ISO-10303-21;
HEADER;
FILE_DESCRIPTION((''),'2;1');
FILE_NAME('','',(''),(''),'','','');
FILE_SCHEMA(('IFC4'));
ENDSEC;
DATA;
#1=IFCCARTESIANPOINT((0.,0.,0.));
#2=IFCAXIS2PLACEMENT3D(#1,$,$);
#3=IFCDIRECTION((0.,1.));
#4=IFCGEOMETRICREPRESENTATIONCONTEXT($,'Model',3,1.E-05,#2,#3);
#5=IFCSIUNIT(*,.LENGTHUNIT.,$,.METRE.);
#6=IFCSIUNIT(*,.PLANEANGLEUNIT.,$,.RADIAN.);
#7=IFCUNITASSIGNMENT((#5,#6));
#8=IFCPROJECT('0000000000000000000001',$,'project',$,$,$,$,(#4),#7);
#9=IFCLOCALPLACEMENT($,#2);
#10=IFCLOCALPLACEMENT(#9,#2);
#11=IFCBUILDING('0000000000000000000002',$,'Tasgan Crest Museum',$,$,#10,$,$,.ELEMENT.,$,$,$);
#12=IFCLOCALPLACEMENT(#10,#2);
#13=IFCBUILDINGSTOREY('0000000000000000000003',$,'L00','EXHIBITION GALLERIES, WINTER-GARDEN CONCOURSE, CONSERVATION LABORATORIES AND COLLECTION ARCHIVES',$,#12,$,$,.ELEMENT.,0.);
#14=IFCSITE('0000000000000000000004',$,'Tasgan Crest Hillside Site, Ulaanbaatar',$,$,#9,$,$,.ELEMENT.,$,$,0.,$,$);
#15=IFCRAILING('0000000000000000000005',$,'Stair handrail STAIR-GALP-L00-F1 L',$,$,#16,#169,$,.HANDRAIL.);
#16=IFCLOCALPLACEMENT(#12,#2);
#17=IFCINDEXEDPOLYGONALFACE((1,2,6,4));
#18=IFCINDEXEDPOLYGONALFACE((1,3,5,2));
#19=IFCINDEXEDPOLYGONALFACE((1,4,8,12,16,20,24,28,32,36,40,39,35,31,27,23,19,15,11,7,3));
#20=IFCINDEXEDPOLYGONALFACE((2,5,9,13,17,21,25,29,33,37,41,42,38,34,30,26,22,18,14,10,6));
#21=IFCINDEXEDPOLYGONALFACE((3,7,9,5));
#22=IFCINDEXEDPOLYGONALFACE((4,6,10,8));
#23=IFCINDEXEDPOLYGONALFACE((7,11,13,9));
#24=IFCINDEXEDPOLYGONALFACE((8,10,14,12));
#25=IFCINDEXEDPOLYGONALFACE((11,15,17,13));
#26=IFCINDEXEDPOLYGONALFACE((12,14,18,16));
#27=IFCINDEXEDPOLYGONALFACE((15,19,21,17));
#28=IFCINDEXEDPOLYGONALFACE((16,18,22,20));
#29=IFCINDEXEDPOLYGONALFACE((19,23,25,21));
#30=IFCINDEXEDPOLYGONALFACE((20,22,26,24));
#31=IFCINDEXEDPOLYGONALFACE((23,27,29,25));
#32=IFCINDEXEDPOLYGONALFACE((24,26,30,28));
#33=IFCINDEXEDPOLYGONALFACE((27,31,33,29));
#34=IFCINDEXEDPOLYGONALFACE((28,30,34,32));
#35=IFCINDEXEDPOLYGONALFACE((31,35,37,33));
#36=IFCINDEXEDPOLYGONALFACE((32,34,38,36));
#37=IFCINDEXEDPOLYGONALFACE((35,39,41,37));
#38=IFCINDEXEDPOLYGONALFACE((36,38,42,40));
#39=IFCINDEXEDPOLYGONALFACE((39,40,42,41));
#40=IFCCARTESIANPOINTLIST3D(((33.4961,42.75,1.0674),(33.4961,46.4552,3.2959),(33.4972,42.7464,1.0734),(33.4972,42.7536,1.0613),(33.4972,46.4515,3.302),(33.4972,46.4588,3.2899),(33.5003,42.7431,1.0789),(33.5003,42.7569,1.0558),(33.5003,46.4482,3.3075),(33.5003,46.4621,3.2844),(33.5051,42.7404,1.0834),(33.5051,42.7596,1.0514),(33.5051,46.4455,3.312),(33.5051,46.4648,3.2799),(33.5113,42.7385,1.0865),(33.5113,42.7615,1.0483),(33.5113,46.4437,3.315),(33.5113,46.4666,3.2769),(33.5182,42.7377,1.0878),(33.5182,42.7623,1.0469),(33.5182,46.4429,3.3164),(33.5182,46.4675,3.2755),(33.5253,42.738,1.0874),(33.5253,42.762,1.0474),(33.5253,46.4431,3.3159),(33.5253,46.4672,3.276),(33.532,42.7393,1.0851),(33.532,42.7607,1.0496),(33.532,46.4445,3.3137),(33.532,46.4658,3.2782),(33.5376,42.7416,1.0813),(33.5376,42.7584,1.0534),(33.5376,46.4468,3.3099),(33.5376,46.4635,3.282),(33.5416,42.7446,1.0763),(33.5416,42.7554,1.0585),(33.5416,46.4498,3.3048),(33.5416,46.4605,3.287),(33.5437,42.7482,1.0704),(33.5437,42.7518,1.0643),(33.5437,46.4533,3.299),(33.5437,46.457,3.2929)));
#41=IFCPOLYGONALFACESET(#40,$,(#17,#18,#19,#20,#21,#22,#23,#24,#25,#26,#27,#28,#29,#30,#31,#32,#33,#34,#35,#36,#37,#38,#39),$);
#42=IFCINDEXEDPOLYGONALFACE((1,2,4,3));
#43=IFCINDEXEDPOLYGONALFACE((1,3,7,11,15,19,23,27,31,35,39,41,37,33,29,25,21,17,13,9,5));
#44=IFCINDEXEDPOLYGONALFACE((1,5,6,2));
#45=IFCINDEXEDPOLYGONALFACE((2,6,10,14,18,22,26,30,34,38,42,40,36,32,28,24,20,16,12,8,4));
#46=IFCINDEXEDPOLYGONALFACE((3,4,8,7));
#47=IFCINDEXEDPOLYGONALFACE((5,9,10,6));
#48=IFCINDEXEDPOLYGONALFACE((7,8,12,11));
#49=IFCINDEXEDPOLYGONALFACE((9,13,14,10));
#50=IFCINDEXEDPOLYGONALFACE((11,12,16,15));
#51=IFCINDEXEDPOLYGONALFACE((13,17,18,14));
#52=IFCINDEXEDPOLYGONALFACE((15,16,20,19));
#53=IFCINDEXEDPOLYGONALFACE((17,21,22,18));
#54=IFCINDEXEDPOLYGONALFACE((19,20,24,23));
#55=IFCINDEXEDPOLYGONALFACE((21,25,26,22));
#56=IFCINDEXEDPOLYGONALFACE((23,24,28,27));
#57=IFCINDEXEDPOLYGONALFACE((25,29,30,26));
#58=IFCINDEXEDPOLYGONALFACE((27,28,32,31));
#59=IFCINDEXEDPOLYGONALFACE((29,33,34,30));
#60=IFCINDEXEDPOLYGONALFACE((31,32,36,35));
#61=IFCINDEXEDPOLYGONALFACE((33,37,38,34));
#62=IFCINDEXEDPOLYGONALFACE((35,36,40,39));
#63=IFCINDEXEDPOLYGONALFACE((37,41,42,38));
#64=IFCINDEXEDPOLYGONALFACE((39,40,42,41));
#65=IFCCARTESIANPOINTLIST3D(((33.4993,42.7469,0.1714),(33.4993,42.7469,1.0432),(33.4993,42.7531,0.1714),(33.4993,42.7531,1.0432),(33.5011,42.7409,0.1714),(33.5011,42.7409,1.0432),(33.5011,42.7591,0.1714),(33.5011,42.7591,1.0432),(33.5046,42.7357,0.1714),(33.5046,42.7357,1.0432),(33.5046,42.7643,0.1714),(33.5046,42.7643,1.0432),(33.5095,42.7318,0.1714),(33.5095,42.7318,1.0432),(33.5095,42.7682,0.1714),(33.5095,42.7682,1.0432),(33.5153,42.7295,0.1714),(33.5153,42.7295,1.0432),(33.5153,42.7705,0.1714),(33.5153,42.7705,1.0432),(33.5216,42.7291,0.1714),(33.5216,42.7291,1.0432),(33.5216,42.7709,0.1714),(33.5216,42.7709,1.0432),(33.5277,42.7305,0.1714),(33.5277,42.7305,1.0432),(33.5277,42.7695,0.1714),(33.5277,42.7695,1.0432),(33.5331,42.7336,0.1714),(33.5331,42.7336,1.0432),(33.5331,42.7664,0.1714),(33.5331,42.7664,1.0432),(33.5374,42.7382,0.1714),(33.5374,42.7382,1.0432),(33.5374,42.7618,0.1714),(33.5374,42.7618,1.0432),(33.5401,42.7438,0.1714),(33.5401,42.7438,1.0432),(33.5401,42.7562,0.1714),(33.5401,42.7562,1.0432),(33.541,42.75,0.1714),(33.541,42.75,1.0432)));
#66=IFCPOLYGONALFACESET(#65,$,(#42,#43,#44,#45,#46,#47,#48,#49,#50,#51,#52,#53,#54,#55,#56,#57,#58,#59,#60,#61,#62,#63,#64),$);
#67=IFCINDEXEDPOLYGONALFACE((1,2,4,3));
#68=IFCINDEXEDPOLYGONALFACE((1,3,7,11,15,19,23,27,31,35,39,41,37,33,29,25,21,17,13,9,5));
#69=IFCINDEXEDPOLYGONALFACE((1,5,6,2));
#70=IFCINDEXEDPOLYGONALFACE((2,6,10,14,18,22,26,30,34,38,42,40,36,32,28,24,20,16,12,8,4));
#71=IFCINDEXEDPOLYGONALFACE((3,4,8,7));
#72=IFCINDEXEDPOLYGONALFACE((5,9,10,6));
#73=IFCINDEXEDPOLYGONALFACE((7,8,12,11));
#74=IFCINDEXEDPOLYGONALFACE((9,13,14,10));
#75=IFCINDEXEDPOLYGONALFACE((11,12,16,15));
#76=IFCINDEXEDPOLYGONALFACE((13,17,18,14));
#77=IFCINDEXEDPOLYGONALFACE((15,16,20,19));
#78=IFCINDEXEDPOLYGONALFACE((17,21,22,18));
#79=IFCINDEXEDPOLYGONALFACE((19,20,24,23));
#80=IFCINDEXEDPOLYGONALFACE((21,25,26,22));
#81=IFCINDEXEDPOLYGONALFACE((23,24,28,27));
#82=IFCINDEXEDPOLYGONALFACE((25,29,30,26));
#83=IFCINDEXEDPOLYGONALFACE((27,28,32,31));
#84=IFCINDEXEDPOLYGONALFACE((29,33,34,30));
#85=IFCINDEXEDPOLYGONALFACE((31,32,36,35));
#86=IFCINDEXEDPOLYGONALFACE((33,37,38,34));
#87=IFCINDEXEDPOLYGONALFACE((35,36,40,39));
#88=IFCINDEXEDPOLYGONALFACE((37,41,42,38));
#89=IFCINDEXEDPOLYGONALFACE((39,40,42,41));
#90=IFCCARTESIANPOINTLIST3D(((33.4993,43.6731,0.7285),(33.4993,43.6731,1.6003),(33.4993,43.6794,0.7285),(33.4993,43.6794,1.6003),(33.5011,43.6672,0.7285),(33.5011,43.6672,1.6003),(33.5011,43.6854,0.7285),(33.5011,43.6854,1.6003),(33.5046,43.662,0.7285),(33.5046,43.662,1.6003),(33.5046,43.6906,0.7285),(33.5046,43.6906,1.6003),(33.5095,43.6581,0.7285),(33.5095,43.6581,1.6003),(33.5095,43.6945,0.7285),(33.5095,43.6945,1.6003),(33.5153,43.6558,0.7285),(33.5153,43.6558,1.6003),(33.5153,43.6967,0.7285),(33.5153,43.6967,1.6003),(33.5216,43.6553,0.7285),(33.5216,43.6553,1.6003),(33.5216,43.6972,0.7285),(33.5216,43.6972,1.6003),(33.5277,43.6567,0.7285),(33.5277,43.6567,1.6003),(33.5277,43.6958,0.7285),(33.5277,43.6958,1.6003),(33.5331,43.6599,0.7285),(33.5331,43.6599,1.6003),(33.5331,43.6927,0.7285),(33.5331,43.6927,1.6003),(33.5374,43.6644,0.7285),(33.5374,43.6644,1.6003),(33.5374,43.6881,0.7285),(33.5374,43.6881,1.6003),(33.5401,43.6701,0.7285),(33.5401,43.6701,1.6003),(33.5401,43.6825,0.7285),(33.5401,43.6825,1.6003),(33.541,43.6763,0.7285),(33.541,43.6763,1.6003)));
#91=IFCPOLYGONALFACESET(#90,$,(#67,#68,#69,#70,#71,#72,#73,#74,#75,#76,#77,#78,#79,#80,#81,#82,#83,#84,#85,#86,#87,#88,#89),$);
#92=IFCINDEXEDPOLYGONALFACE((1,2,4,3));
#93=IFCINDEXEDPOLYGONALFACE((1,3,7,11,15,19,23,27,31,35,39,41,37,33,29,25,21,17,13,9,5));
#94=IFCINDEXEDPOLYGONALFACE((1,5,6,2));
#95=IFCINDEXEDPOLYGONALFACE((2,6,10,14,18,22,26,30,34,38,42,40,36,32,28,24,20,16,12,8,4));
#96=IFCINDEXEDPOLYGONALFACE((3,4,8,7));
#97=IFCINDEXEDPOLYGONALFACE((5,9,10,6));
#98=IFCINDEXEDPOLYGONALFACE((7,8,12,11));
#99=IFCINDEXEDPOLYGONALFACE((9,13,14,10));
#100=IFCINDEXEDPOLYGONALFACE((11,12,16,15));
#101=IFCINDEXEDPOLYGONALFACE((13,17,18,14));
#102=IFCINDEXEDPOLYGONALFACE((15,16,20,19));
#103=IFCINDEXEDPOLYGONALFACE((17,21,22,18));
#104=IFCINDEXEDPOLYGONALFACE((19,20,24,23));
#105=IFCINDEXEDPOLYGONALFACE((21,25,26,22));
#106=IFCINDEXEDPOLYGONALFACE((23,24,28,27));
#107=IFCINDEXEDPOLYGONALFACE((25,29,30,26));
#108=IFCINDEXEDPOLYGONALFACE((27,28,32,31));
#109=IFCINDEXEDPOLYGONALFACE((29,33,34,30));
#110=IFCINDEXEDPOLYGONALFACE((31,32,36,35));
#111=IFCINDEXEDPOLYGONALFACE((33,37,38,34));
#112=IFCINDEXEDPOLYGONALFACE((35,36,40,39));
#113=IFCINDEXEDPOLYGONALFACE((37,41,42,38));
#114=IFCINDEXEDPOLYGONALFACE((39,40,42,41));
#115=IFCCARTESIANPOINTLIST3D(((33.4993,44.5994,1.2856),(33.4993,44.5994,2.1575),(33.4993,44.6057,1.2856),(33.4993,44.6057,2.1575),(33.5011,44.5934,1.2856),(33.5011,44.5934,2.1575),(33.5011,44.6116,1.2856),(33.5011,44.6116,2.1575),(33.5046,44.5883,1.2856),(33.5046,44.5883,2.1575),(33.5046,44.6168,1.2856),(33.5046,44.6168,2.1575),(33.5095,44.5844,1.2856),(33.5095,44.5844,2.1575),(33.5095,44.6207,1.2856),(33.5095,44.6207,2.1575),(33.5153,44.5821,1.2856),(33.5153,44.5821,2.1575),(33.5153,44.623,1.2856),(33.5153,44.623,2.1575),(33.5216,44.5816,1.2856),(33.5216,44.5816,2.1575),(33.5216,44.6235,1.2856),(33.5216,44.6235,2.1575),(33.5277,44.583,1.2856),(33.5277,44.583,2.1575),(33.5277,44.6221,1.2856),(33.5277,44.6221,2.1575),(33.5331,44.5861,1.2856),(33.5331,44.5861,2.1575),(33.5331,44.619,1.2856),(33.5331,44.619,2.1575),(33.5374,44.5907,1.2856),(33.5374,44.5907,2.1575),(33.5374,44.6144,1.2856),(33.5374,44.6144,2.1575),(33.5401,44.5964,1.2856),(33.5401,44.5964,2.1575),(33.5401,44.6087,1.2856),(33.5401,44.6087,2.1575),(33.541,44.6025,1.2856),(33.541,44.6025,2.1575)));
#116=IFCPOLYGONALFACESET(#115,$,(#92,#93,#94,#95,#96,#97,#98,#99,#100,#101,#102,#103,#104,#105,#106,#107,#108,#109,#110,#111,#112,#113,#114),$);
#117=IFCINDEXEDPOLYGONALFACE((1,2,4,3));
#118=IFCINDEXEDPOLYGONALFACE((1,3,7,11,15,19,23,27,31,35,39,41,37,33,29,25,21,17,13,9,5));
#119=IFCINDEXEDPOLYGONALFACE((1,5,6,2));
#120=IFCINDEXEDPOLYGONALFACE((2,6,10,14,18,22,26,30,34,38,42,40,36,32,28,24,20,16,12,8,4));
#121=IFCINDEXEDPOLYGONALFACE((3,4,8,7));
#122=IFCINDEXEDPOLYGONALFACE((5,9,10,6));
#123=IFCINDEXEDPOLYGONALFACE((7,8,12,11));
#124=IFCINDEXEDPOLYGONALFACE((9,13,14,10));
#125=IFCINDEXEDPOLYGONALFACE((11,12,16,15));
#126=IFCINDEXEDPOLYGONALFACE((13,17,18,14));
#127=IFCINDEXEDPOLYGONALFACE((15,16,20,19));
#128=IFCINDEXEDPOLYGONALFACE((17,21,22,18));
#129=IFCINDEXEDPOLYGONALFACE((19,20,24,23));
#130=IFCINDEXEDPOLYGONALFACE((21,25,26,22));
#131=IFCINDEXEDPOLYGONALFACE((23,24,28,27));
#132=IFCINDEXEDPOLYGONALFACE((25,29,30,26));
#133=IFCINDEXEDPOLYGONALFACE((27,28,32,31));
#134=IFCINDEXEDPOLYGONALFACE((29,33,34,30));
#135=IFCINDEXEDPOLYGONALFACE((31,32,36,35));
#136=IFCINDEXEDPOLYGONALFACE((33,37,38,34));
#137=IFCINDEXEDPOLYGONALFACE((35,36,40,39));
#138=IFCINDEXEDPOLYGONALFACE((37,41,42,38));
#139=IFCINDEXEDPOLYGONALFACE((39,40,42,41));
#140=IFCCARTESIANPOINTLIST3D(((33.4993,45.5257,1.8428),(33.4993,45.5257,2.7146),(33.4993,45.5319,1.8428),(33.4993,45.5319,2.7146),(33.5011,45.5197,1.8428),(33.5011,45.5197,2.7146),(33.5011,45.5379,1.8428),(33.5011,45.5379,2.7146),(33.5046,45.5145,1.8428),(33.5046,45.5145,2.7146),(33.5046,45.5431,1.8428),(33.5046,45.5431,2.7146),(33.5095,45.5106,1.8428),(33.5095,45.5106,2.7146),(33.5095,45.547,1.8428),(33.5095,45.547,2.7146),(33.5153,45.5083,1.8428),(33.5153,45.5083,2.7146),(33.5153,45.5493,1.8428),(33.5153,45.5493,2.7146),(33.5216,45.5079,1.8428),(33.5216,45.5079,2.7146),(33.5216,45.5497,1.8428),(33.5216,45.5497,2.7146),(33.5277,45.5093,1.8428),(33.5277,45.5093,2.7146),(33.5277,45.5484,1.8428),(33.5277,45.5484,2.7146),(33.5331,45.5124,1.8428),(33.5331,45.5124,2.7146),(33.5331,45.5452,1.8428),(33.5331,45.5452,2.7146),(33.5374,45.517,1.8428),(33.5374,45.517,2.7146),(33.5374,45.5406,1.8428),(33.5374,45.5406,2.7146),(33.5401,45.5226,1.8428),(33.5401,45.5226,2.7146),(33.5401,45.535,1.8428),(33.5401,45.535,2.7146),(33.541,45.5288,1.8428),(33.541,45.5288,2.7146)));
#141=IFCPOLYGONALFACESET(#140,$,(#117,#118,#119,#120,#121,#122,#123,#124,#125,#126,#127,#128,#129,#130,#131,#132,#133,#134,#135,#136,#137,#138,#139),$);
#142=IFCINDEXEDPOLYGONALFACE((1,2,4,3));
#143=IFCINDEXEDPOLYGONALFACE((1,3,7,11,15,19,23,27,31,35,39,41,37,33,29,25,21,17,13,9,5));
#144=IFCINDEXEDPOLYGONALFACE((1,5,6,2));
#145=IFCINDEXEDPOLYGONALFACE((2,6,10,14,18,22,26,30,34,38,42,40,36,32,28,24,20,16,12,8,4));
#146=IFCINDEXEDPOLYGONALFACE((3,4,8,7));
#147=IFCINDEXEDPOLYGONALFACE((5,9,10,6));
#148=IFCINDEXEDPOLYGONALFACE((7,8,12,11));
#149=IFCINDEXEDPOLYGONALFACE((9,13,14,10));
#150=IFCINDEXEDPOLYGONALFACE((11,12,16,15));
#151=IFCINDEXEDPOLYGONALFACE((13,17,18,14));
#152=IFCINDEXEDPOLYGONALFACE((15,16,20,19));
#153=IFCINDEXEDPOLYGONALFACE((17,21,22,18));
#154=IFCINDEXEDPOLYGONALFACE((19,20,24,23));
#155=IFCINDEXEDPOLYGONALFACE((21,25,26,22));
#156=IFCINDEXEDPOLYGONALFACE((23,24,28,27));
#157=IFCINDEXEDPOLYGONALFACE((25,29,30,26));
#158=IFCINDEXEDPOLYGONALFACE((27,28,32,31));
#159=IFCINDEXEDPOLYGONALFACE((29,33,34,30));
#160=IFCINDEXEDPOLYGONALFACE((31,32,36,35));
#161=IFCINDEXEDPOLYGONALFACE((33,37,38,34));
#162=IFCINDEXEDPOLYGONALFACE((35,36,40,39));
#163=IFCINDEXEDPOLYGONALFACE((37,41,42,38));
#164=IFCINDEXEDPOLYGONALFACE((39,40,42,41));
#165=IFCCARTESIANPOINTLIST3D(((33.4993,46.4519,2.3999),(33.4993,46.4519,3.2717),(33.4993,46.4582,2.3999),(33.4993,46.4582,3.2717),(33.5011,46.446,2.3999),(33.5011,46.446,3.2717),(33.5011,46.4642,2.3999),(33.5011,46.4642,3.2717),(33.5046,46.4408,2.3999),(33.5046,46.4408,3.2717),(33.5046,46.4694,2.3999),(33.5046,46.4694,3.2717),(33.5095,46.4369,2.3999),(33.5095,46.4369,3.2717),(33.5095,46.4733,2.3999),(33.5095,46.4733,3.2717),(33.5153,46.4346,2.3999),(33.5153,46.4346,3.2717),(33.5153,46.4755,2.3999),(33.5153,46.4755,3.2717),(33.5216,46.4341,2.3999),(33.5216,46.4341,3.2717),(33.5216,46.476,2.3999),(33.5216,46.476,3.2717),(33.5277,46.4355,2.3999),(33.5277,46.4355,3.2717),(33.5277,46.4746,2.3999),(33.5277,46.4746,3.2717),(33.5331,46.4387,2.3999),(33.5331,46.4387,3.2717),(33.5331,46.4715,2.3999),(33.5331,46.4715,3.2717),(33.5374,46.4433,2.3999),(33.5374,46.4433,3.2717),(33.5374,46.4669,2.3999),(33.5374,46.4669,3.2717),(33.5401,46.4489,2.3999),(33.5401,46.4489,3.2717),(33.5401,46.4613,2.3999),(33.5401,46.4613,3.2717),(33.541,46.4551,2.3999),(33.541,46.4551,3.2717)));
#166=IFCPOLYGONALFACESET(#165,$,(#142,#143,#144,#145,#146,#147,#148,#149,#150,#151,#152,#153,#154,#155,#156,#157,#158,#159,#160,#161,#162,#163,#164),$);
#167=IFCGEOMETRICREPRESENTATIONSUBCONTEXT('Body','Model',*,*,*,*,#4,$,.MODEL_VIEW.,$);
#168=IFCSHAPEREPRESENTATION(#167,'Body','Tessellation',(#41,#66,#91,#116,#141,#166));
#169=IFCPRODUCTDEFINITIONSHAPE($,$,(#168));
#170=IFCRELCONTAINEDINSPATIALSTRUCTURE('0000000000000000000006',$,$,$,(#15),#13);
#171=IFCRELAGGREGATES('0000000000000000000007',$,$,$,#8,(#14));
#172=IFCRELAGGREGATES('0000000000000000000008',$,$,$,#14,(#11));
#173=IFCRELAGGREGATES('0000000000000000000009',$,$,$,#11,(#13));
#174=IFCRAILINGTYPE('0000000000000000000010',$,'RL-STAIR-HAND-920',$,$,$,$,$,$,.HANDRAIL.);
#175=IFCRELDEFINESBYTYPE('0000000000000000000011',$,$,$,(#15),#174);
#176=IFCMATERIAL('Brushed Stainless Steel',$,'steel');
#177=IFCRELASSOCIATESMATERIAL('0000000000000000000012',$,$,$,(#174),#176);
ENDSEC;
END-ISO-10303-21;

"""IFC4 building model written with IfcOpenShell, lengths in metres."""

from ifc_helpers import new_model, si_unit, direction, frame, origin, origin_2d, place, context, subcontext, project, spatial, circle, extrude, material, type_object, element, save


model = new_model("IFC4")

# Units and contexts
model_context = context("Model", 3, precision=1e-05, world=origin(), true_north=direction((0.0, 1.0)))
body_context = subcontext(model_context, "Body", "Model", "MODEL_VIEW")
ifc_project = project(units=[si_unit("LENGTHUNIT", "METRE"), si_unit("PLANEANGLEUNIT", "RADIAN")], contexts=[model_context])

# Site, building, storey
site_placement = place(None, origin())
site = spatial("IfcSite", under=ifc_project, at=site_placement, Name="Tasgan Crest Hillside Site, Ulaanbaatar", CompositionType="ELEMENT", RefElevation=0.0)
building_placement = place(site_placement, origin())
building = spatial("IfcBuilding", under=site, at=building_placement, Name="Tasgan Crest Museum", CompositionType="ELEMENT")
storey_placement = place(building_placement, origin())
storey = spatial("IfcBuildingStorey", under=building, at=storey_placement, Name="L00", Description="EXHIBITION GALLERIES, WINTER-GARDEN CONCOURSE, CONSERVATION LABORATORIES AND COLLECTION ARCHIVES", CompositionType="ELEMENT", Elevation=0.0)

# Railing
ifc_material_1 = material(Name="Brushed Stainless Steel", Category="steel")
railing_type_1 = type_object("IfcRailingType", Name="RL-STAIR-HAND-920", PredefinedType="HANDRAIL", material=ifc_material_1)
for number, where, name in (
    (1, (33.52, 42.75, 0.1714), "Stair handrail STAIR-GALP-L00-F1 L"),
):
    element("IfcRailing", number, at=place(storey_placement, frame(where)), inside=storey, type_object=railing_type_1, Name=name, PredefinedType="HANDRAIL", context=body_context, shape_type="SweptSolid", body=[
        extrude(circle(Radius=0.0239, at=origin_2d()), frame((0.0, 0.0, 0.896), z_axis=(0.0, 0.856934, 0.515425), x_axis=(-1.0, 0.0, 0.0)), (0.0, 0.0, 1.0), 4.3237),
        extrude(circle(Radius=0.021, at=origin_2d()), origin(), (0.0, 0.0, 1.0), 0.8718),
        extrude(circle(Radius=0.021, at=origin_2d()), frame((0.0, 0.9263, 0.5571)), (0.0, 0.0, 1.0), 0.8718),
        extrude(circle(Radius=0.021, at=origin_2d()), frame((0.0, 1.8525, 1.1143)), (0.0, 0.0, 1.0), 0.8718),
        extrude(circle(Radius=0.021, at=origin_2d()), frame((0.0, 2.7788, 1.6714)), (0.0, 0.0, 1.0), 0.8718),
        extrude(circle(Radius=0.021, at=origin_2d()), frame((0.0, 3.7051, 2.2285)), (0.0, 0.0, 1.0), 0.8718),
    ])

save(model, "model.ifc")
